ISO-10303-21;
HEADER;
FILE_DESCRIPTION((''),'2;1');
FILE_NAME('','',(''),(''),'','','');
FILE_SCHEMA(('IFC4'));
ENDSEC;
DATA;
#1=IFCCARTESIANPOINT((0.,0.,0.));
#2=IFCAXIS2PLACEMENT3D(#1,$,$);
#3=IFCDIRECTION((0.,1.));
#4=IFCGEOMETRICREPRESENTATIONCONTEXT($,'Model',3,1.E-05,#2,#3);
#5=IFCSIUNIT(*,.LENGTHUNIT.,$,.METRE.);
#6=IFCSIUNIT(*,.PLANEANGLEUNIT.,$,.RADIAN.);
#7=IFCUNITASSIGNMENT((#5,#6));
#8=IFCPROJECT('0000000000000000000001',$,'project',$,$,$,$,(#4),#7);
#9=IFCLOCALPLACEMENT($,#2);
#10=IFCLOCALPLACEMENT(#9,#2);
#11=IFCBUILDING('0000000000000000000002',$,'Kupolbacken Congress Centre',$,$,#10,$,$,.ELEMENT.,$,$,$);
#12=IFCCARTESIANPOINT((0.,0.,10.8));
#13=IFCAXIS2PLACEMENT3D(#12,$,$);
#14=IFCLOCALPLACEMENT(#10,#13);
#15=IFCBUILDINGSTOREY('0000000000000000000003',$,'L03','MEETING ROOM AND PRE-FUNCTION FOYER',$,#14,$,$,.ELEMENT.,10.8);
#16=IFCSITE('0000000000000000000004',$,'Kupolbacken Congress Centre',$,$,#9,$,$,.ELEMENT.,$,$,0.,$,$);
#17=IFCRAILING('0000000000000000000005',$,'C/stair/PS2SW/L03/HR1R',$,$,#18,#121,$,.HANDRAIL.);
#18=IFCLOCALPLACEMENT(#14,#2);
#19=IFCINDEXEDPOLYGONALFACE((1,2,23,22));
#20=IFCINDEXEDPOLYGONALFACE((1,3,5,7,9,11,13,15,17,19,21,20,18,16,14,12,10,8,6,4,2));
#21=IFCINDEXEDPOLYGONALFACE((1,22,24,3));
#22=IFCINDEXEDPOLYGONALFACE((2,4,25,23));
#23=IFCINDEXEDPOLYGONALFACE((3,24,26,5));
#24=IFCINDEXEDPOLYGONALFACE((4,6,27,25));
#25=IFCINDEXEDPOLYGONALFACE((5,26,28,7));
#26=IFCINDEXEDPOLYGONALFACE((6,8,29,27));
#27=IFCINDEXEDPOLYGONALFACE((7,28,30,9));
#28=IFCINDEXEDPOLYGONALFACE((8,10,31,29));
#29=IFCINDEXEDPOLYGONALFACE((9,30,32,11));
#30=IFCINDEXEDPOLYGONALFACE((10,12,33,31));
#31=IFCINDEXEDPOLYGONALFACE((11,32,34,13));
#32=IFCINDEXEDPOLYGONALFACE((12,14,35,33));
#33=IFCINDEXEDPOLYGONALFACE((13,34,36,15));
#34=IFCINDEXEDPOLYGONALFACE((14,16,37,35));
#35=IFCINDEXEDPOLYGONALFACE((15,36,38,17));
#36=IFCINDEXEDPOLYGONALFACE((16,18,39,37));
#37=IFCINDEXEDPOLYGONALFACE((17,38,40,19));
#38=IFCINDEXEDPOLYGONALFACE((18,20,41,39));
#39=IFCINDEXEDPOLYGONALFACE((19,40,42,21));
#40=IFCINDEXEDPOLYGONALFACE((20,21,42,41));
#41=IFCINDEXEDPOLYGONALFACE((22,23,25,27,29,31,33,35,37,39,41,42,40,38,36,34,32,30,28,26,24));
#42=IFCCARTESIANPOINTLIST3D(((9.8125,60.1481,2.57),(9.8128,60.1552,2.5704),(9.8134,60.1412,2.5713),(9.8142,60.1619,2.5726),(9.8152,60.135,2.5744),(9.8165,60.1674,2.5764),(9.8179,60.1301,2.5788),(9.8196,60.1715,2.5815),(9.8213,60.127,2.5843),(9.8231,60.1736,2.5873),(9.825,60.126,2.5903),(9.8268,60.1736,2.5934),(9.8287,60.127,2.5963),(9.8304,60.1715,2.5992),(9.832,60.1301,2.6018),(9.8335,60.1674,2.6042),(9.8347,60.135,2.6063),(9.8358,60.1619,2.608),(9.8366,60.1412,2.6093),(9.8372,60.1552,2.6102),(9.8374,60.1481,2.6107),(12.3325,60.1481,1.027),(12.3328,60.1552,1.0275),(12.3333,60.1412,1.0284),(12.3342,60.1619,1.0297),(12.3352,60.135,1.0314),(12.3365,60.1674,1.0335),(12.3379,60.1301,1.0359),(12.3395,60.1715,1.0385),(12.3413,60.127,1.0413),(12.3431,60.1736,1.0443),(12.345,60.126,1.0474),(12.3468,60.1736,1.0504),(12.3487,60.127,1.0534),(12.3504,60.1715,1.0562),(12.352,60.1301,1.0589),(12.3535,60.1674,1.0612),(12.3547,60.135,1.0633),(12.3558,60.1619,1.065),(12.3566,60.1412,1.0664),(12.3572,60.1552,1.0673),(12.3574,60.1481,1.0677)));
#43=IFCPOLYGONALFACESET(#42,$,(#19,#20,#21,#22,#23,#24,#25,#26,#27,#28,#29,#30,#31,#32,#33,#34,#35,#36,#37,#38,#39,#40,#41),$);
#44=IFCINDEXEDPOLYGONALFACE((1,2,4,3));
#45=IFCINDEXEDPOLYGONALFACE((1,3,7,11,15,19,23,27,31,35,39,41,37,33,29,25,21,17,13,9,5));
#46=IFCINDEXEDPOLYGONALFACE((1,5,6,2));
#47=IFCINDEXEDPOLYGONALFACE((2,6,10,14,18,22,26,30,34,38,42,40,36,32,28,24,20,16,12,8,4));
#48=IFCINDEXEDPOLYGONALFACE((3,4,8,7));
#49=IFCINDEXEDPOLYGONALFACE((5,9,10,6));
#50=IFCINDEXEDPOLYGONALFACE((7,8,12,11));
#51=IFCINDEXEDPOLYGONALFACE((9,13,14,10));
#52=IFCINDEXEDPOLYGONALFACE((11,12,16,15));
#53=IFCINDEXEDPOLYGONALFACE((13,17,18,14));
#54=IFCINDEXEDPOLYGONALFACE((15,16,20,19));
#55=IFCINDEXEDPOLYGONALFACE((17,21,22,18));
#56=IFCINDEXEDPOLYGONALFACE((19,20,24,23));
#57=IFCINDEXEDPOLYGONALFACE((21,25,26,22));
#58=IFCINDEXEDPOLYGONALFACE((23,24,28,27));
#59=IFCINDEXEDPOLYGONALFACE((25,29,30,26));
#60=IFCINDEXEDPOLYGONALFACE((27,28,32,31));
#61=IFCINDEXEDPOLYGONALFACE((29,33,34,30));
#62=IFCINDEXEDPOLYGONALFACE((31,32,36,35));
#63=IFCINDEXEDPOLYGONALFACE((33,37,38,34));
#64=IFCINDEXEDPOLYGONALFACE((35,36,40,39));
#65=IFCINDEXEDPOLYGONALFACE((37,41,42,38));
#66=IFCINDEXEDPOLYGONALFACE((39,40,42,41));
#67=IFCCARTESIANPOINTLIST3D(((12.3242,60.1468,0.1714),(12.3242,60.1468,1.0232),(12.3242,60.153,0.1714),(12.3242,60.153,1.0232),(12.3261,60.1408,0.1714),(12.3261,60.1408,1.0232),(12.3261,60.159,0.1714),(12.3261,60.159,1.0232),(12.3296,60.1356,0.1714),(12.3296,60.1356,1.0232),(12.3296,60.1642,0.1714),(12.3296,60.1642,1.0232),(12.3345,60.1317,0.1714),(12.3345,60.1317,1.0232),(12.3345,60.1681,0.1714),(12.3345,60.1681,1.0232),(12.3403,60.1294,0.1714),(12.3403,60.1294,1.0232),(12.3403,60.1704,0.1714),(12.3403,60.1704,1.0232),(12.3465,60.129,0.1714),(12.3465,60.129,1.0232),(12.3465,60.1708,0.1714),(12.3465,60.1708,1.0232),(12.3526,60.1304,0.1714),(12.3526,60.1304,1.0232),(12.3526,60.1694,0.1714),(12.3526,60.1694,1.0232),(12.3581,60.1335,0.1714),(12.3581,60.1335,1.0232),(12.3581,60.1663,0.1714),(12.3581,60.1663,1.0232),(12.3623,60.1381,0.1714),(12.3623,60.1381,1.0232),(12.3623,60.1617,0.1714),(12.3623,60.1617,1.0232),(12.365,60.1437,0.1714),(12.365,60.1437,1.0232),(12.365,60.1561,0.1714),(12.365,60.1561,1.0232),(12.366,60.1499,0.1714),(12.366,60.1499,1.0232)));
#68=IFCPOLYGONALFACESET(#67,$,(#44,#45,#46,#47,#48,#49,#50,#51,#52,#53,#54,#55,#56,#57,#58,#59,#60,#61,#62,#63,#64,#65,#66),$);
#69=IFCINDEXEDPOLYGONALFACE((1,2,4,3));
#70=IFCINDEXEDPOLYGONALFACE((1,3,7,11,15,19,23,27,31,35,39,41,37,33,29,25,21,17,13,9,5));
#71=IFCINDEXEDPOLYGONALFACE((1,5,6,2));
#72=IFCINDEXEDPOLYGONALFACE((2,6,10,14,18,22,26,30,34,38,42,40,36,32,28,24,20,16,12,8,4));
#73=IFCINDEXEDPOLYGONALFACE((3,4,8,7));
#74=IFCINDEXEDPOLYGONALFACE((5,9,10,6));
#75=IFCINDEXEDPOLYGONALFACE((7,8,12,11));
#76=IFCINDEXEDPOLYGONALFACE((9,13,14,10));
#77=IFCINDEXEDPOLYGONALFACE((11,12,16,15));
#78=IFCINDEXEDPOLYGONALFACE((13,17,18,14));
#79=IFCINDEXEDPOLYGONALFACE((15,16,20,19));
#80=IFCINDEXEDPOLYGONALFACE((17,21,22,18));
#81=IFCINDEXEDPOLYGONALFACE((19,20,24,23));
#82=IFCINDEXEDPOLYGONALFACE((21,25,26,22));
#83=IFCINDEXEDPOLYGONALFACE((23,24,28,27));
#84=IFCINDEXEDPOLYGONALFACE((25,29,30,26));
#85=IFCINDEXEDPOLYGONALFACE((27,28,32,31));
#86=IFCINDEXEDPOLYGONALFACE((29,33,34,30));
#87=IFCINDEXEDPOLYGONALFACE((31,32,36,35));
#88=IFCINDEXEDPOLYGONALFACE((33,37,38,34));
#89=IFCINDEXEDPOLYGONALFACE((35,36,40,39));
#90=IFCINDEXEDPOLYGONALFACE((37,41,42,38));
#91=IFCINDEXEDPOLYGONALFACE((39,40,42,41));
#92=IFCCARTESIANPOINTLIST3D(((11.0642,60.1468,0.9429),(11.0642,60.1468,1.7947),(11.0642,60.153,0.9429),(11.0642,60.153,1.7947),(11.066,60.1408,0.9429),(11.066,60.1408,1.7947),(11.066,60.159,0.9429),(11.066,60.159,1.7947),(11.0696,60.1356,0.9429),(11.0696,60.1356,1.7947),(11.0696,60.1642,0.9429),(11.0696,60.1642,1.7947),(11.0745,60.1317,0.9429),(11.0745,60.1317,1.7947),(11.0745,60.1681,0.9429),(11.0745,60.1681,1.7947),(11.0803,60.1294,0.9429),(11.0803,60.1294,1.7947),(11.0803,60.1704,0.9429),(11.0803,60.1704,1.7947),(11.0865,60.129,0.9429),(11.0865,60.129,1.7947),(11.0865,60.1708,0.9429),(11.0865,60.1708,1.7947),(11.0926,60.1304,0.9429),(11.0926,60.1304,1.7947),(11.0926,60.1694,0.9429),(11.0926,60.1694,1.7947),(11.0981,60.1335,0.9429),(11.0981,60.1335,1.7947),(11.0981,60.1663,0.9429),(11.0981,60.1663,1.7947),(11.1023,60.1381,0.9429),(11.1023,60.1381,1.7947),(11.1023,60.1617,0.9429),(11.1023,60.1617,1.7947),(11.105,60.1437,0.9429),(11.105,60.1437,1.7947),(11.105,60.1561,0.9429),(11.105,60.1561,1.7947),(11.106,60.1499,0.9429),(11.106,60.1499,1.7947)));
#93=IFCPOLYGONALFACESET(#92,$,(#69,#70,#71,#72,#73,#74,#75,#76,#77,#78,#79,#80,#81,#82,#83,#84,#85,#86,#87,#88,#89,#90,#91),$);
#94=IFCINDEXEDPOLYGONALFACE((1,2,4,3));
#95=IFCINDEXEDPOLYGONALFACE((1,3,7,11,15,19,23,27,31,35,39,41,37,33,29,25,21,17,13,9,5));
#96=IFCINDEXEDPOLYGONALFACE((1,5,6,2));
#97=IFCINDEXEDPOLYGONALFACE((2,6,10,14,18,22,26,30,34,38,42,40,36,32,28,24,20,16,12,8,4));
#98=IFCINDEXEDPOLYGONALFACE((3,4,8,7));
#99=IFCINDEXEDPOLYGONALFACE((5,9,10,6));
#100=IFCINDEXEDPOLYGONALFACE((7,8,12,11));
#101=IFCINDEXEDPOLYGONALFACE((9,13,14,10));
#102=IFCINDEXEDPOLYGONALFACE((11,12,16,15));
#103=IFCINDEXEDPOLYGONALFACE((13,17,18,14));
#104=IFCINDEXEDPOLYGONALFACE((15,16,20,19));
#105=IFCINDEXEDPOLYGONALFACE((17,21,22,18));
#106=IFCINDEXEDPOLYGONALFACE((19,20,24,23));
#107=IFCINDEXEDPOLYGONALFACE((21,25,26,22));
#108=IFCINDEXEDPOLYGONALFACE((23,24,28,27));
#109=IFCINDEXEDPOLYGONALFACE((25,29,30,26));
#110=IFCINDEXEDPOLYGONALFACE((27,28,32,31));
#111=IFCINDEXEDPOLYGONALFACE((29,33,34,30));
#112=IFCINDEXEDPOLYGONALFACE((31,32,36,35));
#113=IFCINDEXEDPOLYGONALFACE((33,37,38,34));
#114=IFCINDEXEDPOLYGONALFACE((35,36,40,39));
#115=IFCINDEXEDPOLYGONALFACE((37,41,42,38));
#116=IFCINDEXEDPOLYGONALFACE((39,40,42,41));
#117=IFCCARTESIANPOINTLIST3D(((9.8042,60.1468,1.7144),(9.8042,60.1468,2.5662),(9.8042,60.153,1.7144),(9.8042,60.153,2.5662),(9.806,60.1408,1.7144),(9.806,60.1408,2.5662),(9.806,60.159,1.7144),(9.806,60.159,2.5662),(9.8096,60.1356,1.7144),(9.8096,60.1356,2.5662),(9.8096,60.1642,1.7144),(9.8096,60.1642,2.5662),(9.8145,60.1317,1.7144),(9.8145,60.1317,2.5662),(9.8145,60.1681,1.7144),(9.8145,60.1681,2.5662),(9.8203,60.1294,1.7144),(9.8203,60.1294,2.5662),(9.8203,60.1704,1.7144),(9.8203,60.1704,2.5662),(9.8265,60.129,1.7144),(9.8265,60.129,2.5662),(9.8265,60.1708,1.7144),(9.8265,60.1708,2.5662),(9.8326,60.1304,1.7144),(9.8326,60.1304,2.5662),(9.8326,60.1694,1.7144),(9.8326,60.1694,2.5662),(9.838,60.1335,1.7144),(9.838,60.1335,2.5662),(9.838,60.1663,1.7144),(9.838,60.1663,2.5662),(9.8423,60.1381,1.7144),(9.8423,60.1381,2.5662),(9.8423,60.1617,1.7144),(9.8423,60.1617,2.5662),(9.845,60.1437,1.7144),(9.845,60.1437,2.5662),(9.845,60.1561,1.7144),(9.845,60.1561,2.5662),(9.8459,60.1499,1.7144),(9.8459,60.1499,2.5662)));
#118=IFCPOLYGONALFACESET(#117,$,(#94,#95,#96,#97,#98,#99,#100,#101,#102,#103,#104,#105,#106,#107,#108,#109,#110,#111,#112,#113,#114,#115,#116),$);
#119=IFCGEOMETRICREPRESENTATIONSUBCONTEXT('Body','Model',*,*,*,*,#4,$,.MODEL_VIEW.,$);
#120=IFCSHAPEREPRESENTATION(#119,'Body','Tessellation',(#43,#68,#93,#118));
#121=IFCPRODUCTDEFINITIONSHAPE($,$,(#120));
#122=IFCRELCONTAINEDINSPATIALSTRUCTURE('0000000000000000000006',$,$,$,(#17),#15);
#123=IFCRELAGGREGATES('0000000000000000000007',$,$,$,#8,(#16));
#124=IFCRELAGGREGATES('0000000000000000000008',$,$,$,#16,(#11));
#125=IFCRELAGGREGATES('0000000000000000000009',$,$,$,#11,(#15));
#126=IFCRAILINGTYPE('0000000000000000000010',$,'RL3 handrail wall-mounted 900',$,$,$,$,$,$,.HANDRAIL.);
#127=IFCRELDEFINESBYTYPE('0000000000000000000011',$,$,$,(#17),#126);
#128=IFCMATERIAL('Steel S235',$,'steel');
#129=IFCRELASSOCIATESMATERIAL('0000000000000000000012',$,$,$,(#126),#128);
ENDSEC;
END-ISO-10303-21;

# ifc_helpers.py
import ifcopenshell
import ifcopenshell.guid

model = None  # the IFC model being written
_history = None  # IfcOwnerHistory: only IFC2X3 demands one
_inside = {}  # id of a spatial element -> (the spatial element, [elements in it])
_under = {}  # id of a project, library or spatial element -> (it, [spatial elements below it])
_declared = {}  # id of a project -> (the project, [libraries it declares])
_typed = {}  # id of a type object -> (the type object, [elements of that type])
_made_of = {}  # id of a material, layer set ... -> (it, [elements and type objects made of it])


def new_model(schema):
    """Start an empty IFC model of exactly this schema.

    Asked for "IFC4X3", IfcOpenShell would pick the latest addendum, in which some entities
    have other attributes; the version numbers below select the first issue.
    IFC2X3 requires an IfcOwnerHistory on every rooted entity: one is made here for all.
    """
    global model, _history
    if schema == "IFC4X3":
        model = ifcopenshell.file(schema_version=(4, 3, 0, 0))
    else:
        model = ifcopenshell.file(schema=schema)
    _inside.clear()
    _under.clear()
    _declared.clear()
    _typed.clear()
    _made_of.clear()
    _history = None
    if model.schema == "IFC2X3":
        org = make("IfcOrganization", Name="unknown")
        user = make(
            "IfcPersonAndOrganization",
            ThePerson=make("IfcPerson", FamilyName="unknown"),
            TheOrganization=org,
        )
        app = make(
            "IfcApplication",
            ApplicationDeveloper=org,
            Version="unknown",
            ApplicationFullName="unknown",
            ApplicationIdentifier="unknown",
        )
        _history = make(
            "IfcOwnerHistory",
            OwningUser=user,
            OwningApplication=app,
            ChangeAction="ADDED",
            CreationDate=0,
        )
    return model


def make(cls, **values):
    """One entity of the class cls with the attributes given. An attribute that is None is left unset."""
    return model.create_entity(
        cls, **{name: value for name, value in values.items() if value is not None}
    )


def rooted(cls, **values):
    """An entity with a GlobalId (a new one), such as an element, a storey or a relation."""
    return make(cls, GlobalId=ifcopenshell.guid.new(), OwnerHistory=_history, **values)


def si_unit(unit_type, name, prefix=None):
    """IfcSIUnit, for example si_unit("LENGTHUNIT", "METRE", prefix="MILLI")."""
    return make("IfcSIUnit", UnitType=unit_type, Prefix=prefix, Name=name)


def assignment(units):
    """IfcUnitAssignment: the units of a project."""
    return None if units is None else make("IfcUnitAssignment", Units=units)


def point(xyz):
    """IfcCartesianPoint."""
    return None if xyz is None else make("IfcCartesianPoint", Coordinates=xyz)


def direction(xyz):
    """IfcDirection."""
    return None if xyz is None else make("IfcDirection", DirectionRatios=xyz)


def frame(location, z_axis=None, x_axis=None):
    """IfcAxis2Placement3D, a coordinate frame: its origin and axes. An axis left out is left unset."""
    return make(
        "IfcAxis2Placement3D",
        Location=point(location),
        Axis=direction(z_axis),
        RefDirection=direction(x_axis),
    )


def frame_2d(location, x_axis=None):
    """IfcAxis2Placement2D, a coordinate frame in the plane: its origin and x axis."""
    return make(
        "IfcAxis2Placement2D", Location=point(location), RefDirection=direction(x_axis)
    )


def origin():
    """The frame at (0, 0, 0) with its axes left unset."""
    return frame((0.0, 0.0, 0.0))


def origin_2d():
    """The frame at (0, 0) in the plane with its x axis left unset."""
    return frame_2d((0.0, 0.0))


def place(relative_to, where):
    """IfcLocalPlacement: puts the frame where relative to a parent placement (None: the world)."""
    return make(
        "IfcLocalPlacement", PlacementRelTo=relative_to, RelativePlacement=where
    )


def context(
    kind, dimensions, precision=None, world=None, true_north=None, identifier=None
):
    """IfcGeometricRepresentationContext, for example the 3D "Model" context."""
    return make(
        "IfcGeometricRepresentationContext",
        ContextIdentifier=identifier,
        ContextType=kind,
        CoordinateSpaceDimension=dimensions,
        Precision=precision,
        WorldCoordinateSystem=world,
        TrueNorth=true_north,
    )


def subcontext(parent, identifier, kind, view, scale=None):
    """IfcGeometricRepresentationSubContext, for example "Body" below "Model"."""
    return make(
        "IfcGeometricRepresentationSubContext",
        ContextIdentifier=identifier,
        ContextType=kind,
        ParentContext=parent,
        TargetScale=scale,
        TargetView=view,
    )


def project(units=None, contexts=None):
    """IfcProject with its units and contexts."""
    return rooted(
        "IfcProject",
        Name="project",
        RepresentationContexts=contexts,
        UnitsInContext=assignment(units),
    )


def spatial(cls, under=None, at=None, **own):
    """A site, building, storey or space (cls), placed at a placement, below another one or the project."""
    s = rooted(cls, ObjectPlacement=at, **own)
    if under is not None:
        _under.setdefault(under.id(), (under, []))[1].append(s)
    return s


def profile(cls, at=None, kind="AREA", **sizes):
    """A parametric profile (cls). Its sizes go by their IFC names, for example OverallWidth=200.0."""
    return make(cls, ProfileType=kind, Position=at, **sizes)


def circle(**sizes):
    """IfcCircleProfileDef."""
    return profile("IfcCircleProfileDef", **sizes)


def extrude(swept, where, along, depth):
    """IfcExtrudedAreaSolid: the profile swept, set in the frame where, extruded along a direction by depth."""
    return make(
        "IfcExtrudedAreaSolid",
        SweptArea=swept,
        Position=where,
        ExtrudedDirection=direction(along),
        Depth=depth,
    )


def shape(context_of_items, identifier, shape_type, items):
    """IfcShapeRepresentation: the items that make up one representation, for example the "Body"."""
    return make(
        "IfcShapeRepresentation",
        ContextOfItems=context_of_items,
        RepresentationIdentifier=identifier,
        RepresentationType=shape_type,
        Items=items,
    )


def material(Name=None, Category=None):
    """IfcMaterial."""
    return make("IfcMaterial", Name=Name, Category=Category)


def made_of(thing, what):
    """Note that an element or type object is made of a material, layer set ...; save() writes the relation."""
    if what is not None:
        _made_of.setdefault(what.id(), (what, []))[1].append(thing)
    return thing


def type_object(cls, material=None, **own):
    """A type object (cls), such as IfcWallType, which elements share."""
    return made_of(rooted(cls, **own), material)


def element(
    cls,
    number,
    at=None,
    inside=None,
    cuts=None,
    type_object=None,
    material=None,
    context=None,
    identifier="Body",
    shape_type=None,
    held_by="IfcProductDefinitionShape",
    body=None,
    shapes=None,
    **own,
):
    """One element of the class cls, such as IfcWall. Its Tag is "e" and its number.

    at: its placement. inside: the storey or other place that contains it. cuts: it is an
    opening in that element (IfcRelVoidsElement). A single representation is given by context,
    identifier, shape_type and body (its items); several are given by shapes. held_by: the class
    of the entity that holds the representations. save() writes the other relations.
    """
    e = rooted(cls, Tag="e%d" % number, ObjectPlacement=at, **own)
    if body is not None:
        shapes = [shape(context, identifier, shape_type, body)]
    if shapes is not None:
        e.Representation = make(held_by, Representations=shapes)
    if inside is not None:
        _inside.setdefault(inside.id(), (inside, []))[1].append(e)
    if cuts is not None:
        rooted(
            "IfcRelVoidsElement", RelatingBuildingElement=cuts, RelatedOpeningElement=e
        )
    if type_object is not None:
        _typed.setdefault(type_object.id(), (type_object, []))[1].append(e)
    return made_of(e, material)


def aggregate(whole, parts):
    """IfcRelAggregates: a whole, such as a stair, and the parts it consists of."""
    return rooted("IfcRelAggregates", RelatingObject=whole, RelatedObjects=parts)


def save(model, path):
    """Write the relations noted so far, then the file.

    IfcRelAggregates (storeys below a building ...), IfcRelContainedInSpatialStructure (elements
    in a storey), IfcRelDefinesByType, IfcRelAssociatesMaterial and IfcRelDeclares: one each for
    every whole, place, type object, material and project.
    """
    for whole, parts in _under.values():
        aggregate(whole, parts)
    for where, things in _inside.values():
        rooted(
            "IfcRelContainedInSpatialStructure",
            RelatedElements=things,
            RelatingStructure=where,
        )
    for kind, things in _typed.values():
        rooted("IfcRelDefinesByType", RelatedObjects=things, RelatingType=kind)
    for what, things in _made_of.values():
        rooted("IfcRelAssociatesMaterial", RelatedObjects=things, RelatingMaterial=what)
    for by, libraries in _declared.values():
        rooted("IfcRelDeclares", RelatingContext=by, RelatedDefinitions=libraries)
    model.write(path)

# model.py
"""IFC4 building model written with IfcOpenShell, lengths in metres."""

from ifc_helpers import new_model, si_unit, direction, frame, origin, origin_2d, place, context, subcontext, project, spatial, circle, extrude, material, type_object, element, save


model = new_model("IFC4")

# Units and contexts
model_context = context("Model", 3, precision=1e-05, world=origin(), true_north=direction((0.0, 1.0)))
body_context = subcontext(model_context, "Body", "Model", "MODEL_VIEW")
ifc_project = project(units=[si_unit("LENGTHUNIT", "METRE"), si_unit("PLANEANGLEUNIT", "RADIAN")], contexts=[model_context])

# Site, building, storey
site_placement = place(None, origin())
site = spatial("IfcSite", under=ifc_project, at=site_placement, Name="Kupolbacken Congress Centre", CompositionType="ELEMENT", RefElevation=0.0)
building_placement = place(site_placement, origin())
building = spatial("IfcBuilding", under=site, at=building_placement, Name="Kupolbacken Congress Centre", CompositionType="ELEMENT")
storey_placement = place(building_placement, frame((0.0, 0.0, 10.8)))
storey = spatial("IfcBuildingStorey", under=building, at=storey_placement, Name="L03", Description="MEETING ROOM AND PRE-FUNCTION FOYER", CompositionType="ELEMENT", Elevation=10.8)

# Railing
ifc_material_1 = material(Name="Steel S235", Category="steel")
railing_type = type_object("IfcRailingType", Name="RL3 handrail wall-mounted 900", PredefinedType="HANDRAIL", material=ifc_material_1)
railing_placement = place(storey_placement, frame((12.345, 60.1499, 0.1714)))
element("IfcRailing", 1, at=railing_placement, inside=storey, type_object=railing_type, Name="C/stair/PS2SW/L03/HR1R", PredefinedType="HANDRAIL", context=body_context, shape_type="SweptSolid", body=[
    extrude(circle(Radius=0.0239, at=origin_2d()), frame((0.0, 0.0, 0.876), z_axis=(-0.852836, 0.0, 0.522178), x_axis=(0.0, -1.0, 0.0)), (0.0, 0.0, 1.0), 2.9548),
    extrude(circle(Radius=0.021, at=origin_2d()), origin(), (0.0, 0.0, 1.0), 0.8518),
    extrude(circle(Radius=0.021, at=origin_2d()), frame((-1.26, 0.0, 0.7715)), (0.0, 0.0, 1.0), 0.8518),
    extrude(circle(Radius=0.021, at=origin_2d()), frame((-2.52, 0.0, 1.543)), (0.0, 0.0, 1.0), 0.8518),
])

save(model, "model.ifc")
